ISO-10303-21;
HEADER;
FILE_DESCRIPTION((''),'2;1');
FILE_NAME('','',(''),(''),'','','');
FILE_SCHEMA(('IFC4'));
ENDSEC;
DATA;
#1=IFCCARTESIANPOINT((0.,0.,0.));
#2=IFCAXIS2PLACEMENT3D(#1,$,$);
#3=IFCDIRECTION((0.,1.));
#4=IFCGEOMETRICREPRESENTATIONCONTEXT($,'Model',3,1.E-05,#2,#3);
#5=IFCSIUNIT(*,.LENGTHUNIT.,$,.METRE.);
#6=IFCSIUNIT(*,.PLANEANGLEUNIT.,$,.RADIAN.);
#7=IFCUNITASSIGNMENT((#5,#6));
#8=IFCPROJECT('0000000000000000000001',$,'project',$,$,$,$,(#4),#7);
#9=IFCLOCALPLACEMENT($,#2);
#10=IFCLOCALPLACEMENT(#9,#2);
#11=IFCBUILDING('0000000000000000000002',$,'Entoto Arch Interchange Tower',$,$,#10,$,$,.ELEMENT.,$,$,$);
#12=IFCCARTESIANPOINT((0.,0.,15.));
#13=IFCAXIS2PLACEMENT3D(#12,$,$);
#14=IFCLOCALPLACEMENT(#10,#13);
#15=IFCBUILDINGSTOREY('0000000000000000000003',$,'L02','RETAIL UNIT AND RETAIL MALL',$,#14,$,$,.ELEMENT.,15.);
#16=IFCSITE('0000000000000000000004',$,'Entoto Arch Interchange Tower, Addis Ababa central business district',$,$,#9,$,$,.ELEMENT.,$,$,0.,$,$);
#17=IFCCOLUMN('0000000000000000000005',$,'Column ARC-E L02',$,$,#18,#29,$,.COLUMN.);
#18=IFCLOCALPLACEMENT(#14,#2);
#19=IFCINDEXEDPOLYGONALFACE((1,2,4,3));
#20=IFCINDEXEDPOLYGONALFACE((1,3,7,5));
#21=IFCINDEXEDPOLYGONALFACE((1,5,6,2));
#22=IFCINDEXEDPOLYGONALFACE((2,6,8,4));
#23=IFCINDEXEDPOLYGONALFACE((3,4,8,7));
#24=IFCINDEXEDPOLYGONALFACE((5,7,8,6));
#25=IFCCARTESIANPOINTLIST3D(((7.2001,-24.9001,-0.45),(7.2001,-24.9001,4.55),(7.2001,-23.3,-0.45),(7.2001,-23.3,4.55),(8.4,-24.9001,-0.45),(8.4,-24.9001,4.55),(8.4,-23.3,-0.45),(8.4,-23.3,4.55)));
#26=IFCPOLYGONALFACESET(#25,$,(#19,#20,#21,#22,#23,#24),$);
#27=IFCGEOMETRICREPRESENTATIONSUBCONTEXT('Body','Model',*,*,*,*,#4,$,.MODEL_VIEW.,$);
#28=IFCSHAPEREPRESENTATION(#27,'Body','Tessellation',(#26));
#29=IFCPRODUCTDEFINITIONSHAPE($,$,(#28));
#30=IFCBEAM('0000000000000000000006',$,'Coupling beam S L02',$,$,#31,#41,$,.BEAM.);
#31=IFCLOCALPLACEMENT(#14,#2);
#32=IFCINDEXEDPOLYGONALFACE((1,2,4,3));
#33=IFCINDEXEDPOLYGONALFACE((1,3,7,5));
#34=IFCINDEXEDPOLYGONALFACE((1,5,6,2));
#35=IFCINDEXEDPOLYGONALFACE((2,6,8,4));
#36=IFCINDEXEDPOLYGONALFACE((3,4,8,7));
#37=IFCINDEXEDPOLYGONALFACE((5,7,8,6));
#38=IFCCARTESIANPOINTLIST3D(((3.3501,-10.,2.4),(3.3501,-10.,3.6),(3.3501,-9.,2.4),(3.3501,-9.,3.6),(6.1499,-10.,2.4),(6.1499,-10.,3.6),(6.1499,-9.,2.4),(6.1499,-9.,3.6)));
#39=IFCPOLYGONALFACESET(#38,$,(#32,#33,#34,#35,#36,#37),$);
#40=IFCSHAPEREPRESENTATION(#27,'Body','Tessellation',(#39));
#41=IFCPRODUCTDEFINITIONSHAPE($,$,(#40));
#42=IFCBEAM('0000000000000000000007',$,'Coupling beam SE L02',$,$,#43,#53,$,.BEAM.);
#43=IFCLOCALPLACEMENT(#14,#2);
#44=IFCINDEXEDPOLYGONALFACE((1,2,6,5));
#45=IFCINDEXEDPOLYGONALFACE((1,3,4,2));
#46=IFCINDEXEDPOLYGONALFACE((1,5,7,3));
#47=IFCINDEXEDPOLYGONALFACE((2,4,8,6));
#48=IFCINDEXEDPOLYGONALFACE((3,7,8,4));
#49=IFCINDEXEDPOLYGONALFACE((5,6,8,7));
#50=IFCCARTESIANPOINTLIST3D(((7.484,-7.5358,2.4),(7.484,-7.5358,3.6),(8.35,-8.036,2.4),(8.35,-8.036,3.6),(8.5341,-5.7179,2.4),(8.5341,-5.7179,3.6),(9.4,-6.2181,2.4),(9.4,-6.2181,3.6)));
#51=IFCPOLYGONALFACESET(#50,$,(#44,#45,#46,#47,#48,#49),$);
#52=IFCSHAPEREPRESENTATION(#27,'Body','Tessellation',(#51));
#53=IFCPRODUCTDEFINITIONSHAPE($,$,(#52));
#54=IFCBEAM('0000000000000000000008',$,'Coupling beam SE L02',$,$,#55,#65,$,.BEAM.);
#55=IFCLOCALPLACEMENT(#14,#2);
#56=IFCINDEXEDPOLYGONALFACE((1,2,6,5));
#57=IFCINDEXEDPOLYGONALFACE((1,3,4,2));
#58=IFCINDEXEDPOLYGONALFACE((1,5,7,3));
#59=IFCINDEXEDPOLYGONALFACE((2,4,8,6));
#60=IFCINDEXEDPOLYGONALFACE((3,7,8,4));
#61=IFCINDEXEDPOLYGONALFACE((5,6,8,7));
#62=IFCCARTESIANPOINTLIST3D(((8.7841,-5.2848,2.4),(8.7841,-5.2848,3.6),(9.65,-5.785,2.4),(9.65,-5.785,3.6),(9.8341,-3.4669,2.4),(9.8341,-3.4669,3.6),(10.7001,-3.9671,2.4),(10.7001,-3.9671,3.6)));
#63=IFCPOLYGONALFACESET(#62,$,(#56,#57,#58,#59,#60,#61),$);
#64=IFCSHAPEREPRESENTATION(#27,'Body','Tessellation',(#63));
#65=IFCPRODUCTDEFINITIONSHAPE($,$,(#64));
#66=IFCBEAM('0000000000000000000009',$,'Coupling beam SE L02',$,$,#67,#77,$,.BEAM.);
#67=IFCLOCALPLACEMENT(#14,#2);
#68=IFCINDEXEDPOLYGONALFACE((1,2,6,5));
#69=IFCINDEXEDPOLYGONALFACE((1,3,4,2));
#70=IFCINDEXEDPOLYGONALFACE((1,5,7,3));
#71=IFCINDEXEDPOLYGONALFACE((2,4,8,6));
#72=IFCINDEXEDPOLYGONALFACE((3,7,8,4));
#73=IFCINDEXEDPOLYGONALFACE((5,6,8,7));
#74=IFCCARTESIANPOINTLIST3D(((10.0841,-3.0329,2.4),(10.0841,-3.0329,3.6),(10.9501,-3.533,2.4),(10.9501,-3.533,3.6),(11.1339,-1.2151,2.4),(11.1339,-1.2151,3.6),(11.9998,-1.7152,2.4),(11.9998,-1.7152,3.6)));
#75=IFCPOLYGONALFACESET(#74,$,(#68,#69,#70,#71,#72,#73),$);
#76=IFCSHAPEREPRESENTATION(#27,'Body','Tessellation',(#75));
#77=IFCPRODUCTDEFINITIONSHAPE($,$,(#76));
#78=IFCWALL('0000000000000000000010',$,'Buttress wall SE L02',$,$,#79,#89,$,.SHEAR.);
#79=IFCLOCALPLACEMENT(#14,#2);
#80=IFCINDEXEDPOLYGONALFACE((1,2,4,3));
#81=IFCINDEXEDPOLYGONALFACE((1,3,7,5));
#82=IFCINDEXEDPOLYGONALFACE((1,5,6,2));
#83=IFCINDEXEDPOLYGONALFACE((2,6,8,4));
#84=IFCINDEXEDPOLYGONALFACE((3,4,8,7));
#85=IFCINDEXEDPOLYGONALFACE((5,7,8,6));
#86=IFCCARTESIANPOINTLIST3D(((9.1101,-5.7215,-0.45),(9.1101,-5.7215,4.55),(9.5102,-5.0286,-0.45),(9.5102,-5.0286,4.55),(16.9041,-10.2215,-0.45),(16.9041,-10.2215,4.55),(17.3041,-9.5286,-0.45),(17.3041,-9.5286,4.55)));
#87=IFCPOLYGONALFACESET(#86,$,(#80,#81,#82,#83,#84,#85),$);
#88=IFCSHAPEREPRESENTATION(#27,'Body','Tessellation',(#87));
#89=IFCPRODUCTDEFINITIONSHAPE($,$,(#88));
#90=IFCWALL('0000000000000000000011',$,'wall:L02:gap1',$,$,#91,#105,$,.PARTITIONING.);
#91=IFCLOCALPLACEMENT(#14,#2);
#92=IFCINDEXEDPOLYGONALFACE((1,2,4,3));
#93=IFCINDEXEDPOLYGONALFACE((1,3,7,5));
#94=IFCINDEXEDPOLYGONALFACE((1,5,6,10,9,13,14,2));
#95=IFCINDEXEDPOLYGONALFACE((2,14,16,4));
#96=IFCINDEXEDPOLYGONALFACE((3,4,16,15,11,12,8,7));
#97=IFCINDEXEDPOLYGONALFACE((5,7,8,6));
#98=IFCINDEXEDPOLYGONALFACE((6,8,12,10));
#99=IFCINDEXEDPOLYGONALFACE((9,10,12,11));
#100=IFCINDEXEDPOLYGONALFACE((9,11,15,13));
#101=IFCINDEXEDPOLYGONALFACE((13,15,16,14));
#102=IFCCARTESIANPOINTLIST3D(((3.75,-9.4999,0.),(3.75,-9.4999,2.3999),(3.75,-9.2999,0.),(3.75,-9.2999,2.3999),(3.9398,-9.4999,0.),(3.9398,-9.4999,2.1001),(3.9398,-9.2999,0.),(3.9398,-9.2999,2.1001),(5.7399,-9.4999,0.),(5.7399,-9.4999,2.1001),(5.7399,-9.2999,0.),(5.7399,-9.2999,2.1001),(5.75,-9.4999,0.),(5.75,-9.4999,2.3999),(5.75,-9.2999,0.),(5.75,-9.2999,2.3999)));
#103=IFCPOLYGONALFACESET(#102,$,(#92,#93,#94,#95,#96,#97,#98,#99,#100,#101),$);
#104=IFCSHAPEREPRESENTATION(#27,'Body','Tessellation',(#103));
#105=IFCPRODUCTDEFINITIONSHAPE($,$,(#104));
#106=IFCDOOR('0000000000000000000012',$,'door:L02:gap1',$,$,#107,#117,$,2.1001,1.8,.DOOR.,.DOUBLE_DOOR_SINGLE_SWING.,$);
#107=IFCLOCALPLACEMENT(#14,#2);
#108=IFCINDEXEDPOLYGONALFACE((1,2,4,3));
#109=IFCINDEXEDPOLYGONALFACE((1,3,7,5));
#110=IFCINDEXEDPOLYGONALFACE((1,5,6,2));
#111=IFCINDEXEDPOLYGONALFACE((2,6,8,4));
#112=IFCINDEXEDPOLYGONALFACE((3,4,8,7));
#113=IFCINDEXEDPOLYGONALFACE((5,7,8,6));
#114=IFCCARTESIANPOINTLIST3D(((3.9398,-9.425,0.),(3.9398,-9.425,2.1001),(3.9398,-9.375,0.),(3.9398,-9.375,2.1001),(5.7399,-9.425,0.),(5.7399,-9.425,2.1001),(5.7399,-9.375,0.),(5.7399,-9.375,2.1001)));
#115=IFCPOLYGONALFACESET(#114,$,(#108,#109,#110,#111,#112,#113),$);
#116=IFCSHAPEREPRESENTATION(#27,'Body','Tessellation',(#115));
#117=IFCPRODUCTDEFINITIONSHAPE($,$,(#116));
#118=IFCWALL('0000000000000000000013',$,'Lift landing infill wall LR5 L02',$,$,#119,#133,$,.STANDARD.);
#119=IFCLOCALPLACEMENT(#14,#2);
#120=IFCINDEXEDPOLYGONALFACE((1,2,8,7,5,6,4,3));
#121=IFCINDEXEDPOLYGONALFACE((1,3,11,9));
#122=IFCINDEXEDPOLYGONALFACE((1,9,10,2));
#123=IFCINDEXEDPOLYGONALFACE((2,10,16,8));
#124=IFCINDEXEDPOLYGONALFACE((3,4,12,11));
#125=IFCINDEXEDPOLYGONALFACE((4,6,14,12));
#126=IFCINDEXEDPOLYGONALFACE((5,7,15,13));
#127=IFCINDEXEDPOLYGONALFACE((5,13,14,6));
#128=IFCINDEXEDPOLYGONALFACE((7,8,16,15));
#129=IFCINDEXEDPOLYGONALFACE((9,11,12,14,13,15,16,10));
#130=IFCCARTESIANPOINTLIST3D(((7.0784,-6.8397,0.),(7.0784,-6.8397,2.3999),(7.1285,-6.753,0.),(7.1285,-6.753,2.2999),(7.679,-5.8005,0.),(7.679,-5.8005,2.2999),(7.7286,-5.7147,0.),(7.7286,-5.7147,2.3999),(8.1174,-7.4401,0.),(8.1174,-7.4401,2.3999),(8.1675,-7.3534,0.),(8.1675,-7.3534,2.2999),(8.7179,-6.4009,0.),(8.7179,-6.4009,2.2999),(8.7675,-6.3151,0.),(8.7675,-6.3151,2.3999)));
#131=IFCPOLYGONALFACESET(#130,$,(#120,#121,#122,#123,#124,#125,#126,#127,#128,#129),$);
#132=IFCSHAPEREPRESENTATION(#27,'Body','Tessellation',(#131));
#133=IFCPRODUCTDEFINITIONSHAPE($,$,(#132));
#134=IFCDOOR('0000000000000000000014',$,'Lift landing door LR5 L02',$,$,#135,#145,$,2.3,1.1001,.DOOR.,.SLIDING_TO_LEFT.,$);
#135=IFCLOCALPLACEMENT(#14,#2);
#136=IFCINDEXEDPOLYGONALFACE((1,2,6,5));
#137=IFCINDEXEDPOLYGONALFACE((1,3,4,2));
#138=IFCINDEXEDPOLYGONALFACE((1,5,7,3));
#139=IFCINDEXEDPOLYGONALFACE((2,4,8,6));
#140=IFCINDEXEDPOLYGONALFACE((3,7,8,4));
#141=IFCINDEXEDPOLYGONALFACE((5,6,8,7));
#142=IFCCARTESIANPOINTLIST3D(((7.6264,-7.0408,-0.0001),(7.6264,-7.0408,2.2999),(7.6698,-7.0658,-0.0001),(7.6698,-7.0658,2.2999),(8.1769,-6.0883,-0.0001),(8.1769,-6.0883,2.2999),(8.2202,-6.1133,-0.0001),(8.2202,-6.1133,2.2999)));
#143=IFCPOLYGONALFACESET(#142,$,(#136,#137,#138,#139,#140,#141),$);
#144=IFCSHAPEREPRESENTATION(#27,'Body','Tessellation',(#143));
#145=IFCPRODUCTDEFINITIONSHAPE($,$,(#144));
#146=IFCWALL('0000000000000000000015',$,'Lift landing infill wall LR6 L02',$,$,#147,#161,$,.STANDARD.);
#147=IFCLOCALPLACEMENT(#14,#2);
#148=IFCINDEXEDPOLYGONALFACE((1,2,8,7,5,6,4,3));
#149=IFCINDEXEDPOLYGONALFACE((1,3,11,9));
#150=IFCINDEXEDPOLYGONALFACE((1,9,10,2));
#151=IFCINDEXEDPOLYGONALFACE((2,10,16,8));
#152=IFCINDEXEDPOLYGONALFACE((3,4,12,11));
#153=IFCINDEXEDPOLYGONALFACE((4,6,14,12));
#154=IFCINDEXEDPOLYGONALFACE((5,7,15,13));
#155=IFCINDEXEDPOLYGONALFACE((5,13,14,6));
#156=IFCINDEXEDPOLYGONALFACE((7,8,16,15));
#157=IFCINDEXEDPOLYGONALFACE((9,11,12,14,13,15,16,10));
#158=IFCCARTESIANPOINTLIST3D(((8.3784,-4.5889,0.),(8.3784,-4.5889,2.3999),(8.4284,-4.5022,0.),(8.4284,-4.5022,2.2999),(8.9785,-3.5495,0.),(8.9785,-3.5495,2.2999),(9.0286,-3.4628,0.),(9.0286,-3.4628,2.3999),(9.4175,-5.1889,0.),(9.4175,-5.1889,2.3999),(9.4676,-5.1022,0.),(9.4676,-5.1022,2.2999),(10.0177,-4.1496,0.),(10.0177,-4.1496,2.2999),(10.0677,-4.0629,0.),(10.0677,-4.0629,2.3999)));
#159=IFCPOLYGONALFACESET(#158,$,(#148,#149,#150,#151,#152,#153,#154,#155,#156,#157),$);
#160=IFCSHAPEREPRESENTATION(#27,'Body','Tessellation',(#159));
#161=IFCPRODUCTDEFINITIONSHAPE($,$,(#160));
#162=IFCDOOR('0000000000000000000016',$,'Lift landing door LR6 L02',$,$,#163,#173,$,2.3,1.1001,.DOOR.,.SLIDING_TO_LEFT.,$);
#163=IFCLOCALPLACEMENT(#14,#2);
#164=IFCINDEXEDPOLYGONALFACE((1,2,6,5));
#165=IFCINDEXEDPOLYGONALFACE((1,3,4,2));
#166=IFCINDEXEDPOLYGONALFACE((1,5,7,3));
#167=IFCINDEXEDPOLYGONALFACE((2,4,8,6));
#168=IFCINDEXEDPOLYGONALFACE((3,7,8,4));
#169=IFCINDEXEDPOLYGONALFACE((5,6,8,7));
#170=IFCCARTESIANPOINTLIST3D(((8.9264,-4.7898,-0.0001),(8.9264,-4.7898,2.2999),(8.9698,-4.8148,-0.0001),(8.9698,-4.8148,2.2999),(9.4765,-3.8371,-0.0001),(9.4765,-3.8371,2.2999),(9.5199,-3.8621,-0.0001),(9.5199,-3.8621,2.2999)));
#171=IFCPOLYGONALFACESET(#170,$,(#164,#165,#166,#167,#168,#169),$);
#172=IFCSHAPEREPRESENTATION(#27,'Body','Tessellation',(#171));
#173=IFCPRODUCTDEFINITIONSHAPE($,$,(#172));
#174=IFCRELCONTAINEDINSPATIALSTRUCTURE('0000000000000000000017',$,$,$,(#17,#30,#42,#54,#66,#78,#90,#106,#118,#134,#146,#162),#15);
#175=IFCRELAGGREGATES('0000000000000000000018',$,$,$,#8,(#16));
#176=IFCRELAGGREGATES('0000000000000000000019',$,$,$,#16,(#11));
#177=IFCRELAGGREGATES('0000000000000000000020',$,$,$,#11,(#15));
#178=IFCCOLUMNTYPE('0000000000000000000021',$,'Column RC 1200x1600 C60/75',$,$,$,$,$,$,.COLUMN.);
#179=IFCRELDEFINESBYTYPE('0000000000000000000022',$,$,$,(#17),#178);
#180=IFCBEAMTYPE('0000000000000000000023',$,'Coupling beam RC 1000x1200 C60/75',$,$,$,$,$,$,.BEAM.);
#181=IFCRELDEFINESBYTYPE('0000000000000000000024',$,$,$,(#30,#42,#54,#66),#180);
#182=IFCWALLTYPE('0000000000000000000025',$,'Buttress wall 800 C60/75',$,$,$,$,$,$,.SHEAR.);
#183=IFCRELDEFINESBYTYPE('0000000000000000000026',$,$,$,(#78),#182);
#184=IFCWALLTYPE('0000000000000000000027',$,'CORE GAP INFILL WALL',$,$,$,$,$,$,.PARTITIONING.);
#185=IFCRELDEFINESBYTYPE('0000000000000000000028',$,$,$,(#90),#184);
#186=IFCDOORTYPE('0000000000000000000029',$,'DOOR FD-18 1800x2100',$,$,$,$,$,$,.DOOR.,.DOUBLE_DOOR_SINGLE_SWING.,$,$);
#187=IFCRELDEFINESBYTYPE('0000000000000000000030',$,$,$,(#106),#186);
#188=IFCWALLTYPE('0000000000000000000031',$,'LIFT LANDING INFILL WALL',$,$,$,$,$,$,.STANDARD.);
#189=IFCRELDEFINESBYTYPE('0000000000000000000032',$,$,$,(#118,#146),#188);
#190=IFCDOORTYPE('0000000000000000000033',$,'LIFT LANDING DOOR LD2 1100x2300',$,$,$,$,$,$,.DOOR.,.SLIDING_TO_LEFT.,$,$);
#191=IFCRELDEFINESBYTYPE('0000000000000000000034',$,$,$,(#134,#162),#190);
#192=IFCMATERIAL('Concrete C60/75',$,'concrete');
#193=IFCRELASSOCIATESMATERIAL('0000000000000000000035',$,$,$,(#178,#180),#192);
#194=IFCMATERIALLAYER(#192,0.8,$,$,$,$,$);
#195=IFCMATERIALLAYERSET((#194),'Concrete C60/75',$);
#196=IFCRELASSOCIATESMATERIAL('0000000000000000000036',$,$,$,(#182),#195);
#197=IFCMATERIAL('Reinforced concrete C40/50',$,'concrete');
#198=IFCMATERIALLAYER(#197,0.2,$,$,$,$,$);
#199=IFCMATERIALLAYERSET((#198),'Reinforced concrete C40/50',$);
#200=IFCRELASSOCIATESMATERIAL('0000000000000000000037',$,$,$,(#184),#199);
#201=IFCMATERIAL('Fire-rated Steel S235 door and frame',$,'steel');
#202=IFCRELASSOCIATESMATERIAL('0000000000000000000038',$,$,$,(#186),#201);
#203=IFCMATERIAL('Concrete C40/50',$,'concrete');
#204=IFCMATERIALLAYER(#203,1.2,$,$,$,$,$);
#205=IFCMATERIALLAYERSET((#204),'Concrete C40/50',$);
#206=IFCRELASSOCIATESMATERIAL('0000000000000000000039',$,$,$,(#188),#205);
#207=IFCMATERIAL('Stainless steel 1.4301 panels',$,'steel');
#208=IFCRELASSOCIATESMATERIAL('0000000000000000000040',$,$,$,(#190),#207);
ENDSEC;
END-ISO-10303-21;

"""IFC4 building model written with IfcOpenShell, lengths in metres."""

from ifc_helpers import new_model, si_unit, direction, frame, frame_2d, origin, origin_2d, place, context, subcontext, project, spatial, rectangle, extrude, material, layer, layer_set, material_profile, profile_set, type_object, element, fill, save


model = new_model("IFC4")

# Units and contexts
model_context = context("Model", 3, precision=1e-05, world=origin(), true_north=direction((0.0, 1.0)))
body_context = subcontext(model_context, "Body", "Model", "MODEL_VIEW")
ifc_project = project(units=[si_unit("LENGTHUNIT", "METRE"), si_unit("PLANEANGLEUNIT", "RADIAN")], contexts=[model_context])

# Site, building, storey
site_placement = place(None, origin())
site = spatial("IfcSite", under=ifc_project, at=site_placement, Name="Entoto Arch Interchange Tower, Addis Ababa central business district", CompositionType="ELEMENT", RefElevation=0.0)
building_placement = place(site_placement, origin())
building = spatial("IfcBuilding", under=site, at=building_placement, Name="Entoto Arch Interchange Tower", CompositionType="ELEMENT")
storey_placement = place(building_placement, frame((0.0, 0.0, 15.0)))
storey = spatial("IfcBuildingStorey", under=building, at=storey_placement, Name="L02", Description="RETAIL UNIT AND RETAIL MALL", CompositionType="ELEMENT", Elevation=15.0)

# Column
ifc_material_1 = material(Name="Concrete C60/75", Category="concrete")
ifc_material_profile_1 = material_profile(ifc_material_1, rectangle(XDim=1.2, YDim=1.6001, at=origin_2d()))
ifc_profile_set_1 = profile_set([ifc_material_profile_1], Name="Concrete C60/75")
column_type = type_object("IfcColumnType", Name="Column RC 1200x1600 C60/75", PredefinedType="COLUMN", material=ifc_profile_set_1)
column_placement = place(storey_placement, frame((7.8, -24.1001, -0.45), z_axis=(0.0, 0.0, 1.0), x_axis=(1.0, 0.0, 0.0)))
element("IfcColumn", 1, at=column_placement, inside=storey, type_object=column_type, Name="Column ARC-E L02", PredefinedType="COLUMN", context=body_context, shape_type="SweptSolid", body=[
    extrude(rectangle(XDim=1.2, YDim=1.6001, at=origin_2d()), origin(), (0.0, 0.0, 1.0), 5.0),
])

# Beams
ifc_material_profile_2 = material_profile(ifc_material_1, rectangle(XDim=1.0, YDim=1.2, at=origin_2d()))
ifc_profile_set_2 = profile_set([ifc_material_profile_2], Name="Concrete C60/75")
beam_type = type_object("IfcBeamType", Name="Coupling beam RC 1000x1200 C60/75", PredefinedType="BEAM", material=ifc_profile_set_2)
beam_1_placement = place(storey_placement, frame((3.3501, -9.5, 3.0), z_axis=(1.0, 0.0, 0.0), x_axis=(0.0, 1.0, 0.0)))
element("IfcBeam", 2, at=beam_1_placement, inside=storey, type_object=beam_type, Name="Coupling beam S L02", PredefinedType="BEAM", context=body_context, shape_type="SweptSolid", body=[
    extrude(rectangle(XDim=1.0, YDim=1.2, at=origin_2d()), origin(), (0.0, 0.0, 1.0), 2.7998),
])
for number, where, z_axis, x_axis, name in (
    (3, (7.917, -7.7859, 3.0), (0.500179, 0.865922, 0.0), (-0.865922, 0.500179, 0.0), "Coupling beam SE L02"),
    (4, (9.217, -5.5349, 3.0), (0.500179, 0.865922, 0.0), (-0.865922, 0.500179, 0.0), "Coupling beam SE L02"),
):
    element("IfcBeam", number, at=place(storey_placement, frame(where, z_axis=z_axis, x_axis=x_axis)), inside=storey, type_object=beam_type, Name=name, PredefinedType="BEAM", context=body_context, shape_type="SweptSolid", body=[
        extrude(rectangle(XDim=1.0, YDim=1.2, at=origin_2d()), origin(), (0.0, 0.0, 1.0), 2.0994),
    ])
beam_2_placement = place(storey_placement, frame((10.5171, -3.283, 3.0), z_axis=(0.500092, 0.865973, 0.0), x_axis=(-0.865973, 0.500092, 0.0)))
element("IfcBeam", 5, at=beam_2_placement, inside=storey, type_object=beam_type, Name="Coupling beam SE L02", PredefinedType="BEAM", context=body_context, shape_type="SweptSolid", body=[
    extrude(rectangle(XDim=1.0, YDim=1.2, at=origin_2d()), origin(), (0.0, 0.0, 1.0), 2.0991),
])

# Wall
ifc_layer_1 = layer(ifc_material_1, 0.8)
ifc_layer_set_1 = layer_set([ifc_layer_1], Name="Concrete C60/75")
wall_type_1 = type_object("IfcWallType", Name="Buttress wall 800 C60/75", PredefinedType="SHEAR", material=ifc_layer_set_1)
wall_1_placement = place(storey_placement, frame((9.3101, -5.375, -0.45), z_axis=(0.0, 0.0, 1.0), x_axis=(0.866018, -0.500014, 0.0)))
element("IfcWall", 6, at=wall_1_placement, inside=storey, type_object=wall_type_1, Name="Buttress wall SE L02", PredefinedType="SHEAR", context=body_context, shape_type="SweptSolid", body=[
    extrude(rectangle(XDim=8.9998, YDim=0.8, at=frame_2d((4.5, 0.0))), origin(), (0.0, 0.0, 1.0), 5.0),
])

# Walls, openings, doors
ifc_material_2 = material(Name="Reinforced concrete C40/50", Category="concrete")
ifc_layer_2 = layer(ifc_material_2, 0.2)
ifc_layer_set_2 = layer_set([ifc_layer_2], Name="Reinforced concrete C40/50")
wall_type_2 = type_object("IfcWallType", Name="CORE GAP INFILL WALL", PredefinedType="PARTITIONING", material=ifc_layer_set_2)
wall_2_placement = place(storey_placement, frame((3.75, -9.3999, 0.0), z_axis=(0.0, 0.0, 1.0), x_axis=(1.0, 0.0, 0.0)))
wall_2 = element("IfcWall", 7, at=wall_2_placement, inside=storey, type_object=wall_type_2, Name="wall:L02:gap1", PredefinedType="PARTITIONING", context=body_context, shape_type="SweptSolid", body=[
    extrude(rectangle(XDim=2.0, YDim=0.2, at=frame_2d((1.0, 0.0))), origin(), (0.0, 0.0, 1.0), 2.3999),
])
opening_1_placement = place(wall_2_placement, frame((0.1899, 0.0, 0.0)))
opening_1 = element("IfcOpeningElement", 8, at=opening_1_placement, cuts=wall_2, PredefinedType="OPENING", context=body_context, shape_type="SweptSolid", body=[
    extrude(rectangle(XDim=1.8, YDim=2.1001, at=frame_2d((0.8999, 1.05))), frame((0.0, 0.1099, 0.0), z_axis=(0.0, -1.0, 0.0), x_axis=(1.0, 0.0, 0.0)), (0.0, 0.0, 1.0), 0.22),
])
ifc_material_3 = material(Name="Fire-rated Steel S235 door and frame", Category="steel")
door_type_1 = type_object("IfcDoorType", Name="DOOR FD-18 1800x2100", OperationType="DOUBLE_DOOR_SINGLE_SWING", PredefinedType="DOOR", material=ifc_material_3)
door_1_placement = place(opening_1_placement, origin())
door_1 = element("IfcDoor", 9, at=door_1_placement, inside=storey, type_object=door_type_1, Name="door:L02:gap1", OperationType="DOUBLE_DOOR_SINGLE_SWING", OverallHeight=2.1001, OverallWidth=1.8, PredefinedType="DOOR", context=body_context, shape_type="SweptSolid", body=[
    extrude(rectangle(XDim=1.8, YDim=2.1001, at=frame_2d((0.8999, 1.05))), frame((0.0, 0.0249, 0.0), z_axis=(0.0, -1.0, 0.0), x_axis=(1.0, 0.0, 0.0)), (0.0, 0.0, 1.0), 0.05),
])
fill(opening_1, door_1)
ifc_material_4 = material(Name="Concrete C40/50", Category="concrete")
ifc_layer_3 = layer(ifc_material_4, 1.2)
ifc_layer_set_3 = layer_set([ifc_layer_3], Name="Concrete C40/50")
wall_type_3 = type_object("IfcWallType", Name="LIFT LANDING INFILL WALL", PredefinedType="STANDARD", material=ifc_layer_set_3)
wall_3_placement = place(storey_placement, frame((7.5979, -7.1399, 0.0), z_axis=(0.0, 0.0, 1.0), x_axis=(0.500362, 0.865816, 0.0)))
wall_3 = element("IfcWall", 10, at=wall_3_placement, inside=storey, type_object=wall_type_3, Name="Lift landing infill wall LR5 L02", PredefinedType="STANDARD", context=body_context, shape_type="SweptSolid", body=[
    extrude(rectangle(XDim=1.2993, YDim=1.2, at=frame_2d((0.6497, 0.0))), origin(), (0.0, 0.0, 1.0), 2.3999),
])
opening_2_placement = place(wall_3_placement, frame((0.1001, 0.0, 0.0)))
opening_2 = element("IfcOpeningElement", 11, at=opening_2_placement, cuts=wall_3, PredefinedType="OPENING", context=body_context, shape_type="SweptSolid", body=[
    extrude(rectangle(XDim=1.1001, YDim=2.3, at=frame_2d((0.55, 1.1499))), frame((0.0, 0.6099, 0.0), z_axis=(0.0, -1.0, 0.0), x_axis=(1.0, 0.0, 0.0)), (0.0, 0.0, 1.0), 1.22),
])
ifc_material_5 = material(Name="Stainless steel 1.4301 panels", Category="steel")
door_type_2 = type_object("IfcDoorType", Name="LIFT LANDING DOOR LD2 1100x2300", OperationType="SLIDING_TO_LEFT", PredefinedType="DOOR", material=ifc_material_5)
door_2_placement = place(opening_2_placement, origin())
door_2 = element("IfcDoor", 12, at=door_2_placement, inside=storey, type_object=door_type_2, Name="Lift landing door LR5 L02", OperationType="SLIDING_TO_LEFT", OverallHeight=2.3, OverallWidth=1.1001, PredefinedType="DOOR", context=body_context, shape_type="SweptSolid", body=[
    extrude(rectangle(XDim=1.1001, YDim=2.3, at=frame_2d((0.55, 1.1499))), frame((0.0, 0.0249, 0.0), z_axis=(0.0, -1.0, 0.0), x_axis=(1.0, 0.0, 0.0)), (0.0, 0.0, 1.0), 0.05),
])
fill(opening_2, door_2)
wall_4_placement = place(storey_placement, frame((8.8979, -4.8889, 0.0), z_axis=(0.0, 0.0, 1.0), x_axis=(0.500037, 0.866004, 0.0)))
wall_4 = element("IfcWall", 13, at=wall_4_placement, inside=storey, type_object=wall_type_3, Name="Lift landing infill wall LR6 L02", PredefinedType="STANDARD", context=body_context, shape_type="SweptSolid", body=[
    extrude(rectangle(XDim=1.3003, YDim=1.2, at=frame_2d((0.6501, 0.0))), origin(), (0.0, 0.0, 1.0), 2.3999),
])
opening_3_placement = place(wall_4_placement, frame((0.1001, 0.0, 0.0)))
opening_3 = element("IfcOpeningElement", 14, at=opening_3_placement, cuts=wall_4, PredefinedType="OPENING", context=body_context, shape_type="SweptSolid", body=[
    extrude(rectangle(XDim=1.1001, YDim=2.3, at=frame_2d((0.55, 1.1499))), frame((0.0, 0.6099, 0.0), z_axis=(0.0, -1.0, 0.0), x_axis=(1.0, 0.0, 0.0)), (0.0, 0.0, 1.0), 1.22),
])
door_3_placement = place(opening_3_placement, origin())
door_3 = element("IfcDoor", 15, at=door_3_placement, inside=storey, type_object=door_type_2, Name="Lift landing door LR6 L02", OperationType="SLIDING_TO_LEFT", OverallHeight=2.3, OverallWidth=1.1001, PredefinedType="DOOR", context=body_context, shape_type="SweptSolid", body=[
    extrude(rectangle(XDim=1.1001, YDim=2.3, at=frame_2d((0.55, 1.1499))), frame((0.0, 0.0249, 0.0), z_axis=(0.0, -1.0, 0.0), x_axis=(1.0, 0.0, 0.0)), (0.0, 0.0, 1.0), 0.05),
])
fill(opening_3, door_3)

save(model, "model.ifc")
